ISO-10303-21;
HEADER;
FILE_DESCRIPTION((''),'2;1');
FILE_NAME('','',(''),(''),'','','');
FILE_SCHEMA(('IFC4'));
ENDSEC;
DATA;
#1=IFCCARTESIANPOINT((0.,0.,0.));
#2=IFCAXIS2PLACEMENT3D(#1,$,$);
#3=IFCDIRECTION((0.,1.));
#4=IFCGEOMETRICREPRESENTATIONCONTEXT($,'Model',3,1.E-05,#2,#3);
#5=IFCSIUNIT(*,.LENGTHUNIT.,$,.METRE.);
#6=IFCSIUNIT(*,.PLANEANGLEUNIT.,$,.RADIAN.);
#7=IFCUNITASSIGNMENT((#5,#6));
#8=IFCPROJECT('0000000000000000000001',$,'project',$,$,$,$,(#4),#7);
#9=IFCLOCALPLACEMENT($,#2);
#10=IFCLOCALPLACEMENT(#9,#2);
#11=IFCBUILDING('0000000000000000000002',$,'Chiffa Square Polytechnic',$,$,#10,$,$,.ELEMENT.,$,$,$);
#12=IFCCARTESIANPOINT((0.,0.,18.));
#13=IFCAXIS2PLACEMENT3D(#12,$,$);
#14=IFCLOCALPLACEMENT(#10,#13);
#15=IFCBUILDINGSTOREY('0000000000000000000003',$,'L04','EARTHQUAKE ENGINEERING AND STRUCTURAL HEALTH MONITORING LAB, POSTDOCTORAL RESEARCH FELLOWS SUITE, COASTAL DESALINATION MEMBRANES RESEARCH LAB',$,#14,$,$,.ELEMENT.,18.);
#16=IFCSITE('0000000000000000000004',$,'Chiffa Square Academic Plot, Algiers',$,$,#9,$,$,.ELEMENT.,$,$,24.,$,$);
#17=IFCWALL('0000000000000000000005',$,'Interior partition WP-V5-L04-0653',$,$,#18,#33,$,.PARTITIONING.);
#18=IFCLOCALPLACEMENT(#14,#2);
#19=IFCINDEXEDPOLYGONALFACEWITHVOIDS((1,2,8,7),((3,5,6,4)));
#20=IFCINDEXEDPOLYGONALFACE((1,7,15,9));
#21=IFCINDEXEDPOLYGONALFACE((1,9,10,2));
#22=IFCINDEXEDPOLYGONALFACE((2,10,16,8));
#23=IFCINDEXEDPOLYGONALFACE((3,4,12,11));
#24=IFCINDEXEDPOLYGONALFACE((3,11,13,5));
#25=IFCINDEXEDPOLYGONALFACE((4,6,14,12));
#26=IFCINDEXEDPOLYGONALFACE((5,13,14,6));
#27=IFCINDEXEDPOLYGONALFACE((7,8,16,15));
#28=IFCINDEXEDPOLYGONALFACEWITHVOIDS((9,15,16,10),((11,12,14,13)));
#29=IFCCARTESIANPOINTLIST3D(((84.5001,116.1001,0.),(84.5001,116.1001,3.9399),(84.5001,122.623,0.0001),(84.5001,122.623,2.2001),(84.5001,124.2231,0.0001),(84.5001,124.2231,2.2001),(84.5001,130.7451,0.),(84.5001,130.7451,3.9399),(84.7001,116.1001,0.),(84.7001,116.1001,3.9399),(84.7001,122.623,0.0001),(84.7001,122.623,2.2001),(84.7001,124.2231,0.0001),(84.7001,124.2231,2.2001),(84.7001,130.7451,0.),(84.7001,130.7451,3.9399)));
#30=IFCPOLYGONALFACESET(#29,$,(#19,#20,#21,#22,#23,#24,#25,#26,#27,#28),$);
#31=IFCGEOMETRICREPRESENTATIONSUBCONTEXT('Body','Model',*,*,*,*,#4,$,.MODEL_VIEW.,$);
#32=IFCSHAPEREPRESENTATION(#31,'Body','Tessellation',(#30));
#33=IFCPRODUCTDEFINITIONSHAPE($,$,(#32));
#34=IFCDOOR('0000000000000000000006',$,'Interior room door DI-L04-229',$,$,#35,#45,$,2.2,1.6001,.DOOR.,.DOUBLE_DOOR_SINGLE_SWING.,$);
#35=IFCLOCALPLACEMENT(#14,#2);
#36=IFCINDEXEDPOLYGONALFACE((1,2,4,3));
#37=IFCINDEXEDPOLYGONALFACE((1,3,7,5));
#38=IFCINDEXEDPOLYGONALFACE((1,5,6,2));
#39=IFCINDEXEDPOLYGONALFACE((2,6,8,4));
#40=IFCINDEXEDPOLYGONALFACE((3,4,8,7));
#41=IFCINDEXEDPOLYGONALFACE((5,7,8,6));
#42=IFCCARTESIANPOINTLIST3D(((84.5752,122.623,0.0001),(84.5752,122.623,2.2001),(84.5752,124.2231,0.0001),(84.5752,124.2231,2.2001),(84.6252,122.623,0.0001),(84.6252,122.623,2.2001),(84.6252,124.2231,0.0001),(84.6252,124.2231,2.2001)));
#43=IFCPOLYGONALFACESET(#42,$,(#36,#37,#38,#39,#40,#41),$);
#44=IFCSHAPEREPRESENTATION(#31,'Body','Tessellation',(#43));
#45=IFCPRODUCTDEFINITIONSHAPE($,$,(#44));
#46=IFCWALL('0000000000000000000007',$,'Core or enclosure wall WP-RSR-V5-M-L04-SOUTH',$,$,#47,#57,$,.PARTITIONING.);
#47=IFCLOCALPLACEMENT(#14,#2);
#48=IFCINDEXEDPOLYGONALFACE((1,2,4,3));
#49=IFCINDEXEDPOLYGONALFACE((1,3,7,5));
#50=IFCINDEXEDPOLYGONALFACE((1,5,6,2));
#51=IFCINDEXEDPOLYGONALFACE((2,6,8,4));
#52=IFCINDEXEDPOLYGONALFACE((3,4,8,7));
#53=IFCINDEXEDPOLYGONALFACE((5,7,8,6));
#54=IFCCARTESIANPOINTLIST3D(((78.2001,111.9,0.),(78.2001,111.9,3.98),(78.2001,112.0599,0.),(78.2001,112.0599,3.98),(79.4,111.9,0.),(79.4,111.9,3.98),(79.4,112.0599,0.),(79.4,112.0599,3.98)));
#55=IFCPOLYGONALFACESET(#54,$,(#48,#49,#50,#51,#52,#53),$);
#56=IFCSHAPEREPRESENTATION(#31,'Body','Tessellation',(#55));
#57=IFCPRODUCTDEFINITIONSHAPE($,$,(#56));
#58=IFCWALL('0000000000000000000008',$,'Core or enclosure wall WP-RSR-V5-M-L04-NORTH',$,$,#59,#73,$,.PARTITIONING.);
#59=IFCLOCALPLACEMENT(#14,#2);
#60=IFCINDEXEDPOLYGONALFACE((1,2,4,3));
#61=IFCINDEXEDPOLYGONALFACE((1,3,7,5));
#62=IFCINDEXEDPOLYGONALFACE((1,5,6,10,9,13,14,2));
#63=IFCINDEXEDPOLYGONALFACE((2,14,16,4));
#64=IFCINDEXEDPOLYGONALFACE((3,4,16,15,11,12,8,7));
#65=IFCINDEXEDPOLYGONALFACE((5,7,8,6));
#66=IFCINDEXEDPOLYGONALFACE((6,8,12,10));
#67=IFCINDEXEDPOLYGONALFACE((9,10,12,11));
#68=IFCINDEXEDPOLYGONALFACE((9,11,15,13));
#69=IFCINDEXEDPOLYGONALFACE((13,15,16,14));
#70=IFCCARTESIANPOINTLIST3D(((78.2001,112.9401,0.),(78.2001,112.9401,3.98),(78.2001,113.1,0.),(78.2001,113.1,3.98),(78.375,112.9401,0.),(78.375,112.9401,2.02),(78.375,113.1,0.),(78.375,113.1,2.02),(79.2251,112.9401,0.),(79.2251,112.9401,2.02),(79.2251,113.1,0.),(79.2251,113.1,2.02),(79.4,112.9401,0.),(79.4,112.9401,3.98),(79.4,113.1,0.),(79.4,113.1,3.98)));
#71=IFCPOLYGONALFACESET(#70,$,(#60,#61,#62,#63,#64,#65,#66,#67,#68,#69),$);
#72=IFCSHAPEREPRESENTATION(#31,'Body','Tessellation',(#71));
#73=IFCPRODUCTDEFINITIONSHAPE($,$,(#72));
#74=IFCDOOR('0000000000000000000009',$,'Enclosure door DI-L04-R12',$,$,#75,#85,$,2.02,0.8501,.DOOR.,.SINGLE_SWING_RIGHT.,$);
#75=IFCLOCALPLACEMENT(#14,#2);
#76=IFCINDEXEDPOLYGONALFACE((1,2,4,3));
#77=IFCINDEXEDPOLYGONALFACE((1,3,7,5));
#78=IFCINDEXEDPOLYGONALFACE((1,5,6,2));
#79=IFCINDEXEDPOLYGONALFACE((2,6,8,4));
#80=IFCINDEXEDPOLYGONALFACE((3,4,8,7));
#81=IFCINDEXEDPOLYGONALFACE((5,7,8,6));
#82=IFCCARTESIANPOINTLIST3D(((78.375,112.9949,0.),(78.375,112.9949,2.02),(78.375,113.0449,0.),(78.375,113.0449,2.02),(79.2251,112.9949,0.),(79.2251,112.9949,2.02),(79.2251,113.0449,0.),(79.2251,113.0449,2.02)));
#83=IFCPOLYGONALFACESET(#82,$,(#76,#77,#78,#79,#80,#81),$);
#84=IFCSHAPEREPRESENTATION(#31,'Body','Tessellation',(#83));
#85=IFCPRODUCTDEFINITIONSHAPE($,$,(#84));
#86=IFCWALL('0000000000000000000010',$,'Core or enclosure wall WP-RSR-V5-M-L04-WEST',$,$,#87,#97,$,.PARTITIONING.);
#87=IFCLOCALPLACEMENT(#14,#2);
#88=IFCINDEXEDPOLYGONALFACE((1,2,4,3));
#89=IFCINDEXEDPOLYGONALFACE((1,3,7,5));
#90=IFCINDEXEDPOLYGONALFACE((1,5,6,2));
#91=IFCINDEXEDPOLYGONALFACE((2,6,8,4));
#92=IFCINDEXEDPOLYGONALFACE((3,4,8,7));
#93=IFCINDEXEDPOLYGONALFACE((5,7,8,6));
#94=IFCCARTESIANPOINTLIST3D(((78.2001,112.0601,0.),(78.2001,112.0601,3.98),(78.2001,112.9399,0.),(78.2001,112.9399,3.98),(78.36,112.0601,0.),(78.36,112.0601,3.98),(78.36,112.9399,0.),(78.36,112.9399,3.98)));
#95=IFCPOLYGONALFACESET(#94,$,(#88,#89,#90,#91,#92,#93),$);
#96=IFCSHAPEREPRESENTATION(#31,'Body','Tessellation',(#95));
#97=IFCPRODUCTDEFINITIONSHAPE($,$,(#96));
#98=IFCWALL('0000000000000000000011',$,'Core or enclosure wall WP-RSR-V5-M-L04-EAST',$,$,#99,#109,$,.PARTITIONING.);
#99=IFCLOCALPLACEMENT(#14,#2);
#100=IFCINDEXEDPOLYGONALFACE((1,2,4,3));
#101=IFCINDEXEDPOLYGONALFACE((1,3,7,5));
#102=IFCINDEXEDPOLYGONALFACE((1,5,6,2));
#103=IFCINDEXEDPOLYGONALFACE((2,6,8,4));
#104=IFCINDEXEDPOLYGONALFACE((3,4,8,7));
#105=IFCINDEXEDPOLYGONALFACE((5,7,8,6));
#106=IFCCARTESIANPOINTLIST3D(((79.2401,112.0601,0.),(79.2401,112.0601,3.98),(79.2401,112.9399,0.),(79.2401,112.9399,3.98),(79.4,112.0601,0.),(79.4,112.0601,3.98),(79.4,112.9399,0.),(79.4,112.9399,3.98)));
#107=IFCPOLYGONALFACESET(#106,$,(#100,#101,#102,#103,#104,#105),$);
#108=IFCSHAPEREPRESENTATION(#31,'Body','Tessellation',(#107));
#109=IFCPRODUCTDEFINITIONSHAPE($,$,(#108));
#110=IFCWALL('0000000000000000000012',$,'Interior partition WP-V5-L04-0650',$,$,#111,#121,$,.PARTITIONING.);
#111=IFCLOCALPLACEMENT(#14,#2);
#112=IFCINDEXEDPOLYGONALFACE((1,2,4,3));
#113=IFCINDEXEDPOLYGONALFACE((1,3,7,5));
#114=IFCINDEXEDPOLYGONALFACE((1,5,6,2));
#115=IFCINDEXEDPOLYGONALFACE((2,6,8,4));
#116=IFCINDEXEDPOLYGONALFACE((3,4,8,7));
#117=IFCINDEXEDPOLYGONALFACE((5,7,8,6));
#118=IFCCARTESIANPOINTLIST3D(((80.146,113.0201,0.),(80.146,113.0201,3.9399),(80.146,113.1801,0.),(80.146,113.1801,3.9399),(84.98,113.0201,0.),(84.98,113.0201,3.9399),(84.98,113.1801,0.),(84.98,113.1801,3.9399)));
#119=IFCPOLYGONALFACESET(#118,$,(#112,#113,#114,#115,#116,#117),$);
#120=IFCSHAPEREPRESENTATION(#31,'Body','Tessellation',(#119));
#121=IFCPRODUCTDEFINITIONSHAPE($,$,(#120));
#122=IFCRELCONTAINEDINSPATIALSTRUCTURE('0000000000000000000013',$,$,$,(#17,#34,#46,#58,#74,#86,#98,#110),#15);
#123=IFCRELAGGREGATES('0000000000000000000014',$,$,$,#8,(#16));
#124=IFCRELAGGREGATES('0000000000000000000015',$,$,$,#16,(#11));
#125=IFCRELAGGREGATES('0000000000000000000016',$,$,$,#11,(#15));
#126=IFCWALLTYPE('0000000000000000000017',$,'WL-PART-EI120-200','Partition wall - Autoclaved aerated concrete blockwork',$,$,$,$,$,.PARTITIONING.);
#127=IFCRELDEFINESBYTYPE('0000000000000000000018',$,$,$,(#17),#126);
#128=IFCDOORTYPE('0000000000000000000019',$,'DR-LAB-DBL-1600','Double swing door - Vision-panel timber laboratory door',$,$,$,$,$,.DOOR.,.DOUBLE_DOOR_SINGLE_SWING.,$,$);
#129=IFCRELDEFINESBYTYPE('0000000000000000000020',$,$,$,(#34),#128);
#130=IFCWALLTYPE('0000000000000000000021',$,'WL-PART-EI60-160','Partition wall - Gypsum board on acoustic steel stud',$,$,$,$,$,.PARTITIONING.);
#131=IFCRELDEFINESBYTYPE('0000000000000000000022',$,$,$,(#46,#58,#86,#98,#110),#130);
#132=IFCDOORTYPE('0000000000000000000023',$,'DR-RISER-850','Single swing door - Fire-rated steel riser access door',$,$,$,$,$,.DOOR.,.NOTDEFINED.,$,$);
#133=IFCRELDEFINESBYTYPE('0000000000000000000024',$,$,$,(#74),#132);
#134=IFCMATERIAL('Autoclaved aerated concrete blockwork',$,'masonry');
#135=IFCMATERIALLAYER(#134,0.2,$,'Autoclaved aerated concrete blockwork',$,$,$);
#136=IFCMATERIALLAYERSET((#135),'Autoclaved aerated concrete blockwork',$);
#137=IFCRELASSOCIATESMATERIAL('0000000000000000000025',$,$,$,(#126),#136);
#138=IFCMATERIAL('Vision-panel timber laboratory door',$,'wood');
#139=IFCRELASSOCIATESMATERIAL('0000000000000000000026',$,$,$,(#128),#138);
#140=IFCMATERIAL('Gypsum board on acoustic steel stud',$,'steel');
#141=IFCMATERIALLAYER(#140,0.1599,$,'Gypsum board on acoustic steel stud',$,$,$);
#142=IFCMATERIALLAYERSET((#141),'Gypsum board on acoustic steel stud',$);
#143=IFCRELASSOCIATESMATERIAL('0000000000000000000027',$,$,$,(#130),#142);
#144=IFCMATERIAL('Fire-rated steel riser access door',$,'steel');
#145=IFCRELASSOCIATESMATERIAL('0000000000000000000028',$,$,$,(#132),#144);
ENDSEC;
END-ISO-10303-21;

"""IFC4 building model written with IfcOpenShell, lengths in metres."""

from ifc_helpers import new_model, si_unit, direction, frame, frame_2d, origin, place, context, subcontext, project, spatial, rectangle, extrude, material, layer, layer_set, type_object, element, fill, save


model = new_model("IFC4")

# Units and contexts
model_context = context("Model", 3, precision=1e-05, world=origin(), true_north=direction((0.0, 1.0)))
body_context = subcontext(model_context, "Body", "Model", "MODEL_VIEW")
ifc_project = project(units=[si_unit("LENGTHUNIT", "METRE"), si_unit("PLANEANGLEUNIT", "RADIAN")], contexts=[model_context])

# Site, building, storey
site_placement = place(None, origin())
site = spatial("IfcSite", under=ifc_project, at=site_placement, Name="Chiffa Square Academic Plot, Algiers", CompositionType="ELEMENT", RefElevation=24.0)
building_placement = place(site_placement, origin())
building = spatial("IfcBuilding", under=site, at=building_placement, Name="Chiffa Square Polytechnic", CompositionType="ELEMENT")
storey_placement = place(building_placement, frame((0.0, 0.0, 18.0)))
storey = spatial("IfcBuildingStorey", under=building, at=storey_placement, Name="L04", Description="EARTHQUAKE ENGINEERING AND STRUCTURAL HEALTH MONITORING LAB, POSTDOCTORAL RESEARCH FELLOWS SUITE, COASTAL DESALINATION MEMBRANES RESEARCH LAB", CompositionType="ELEMENT", Elevation=18.0)

# Wall, opening, door
ifc_material_1 = material(Name="Autoclaved aerated concrete blockwork", Category="masonry")
ifc_layer_1 = layer(ifc_material_1, 0.2, Name="Autoclaved aerated concrete blockwork")
ifc_layer_set_1 = layer_set([ifc_layer_1], Name="Autoclaved aerated concrete blockwork")
wall_type_1 = type_object("IfcWallType", Name="WL-PART-EI120-200", Description="Partition wall - Autoclaved aerated concrete blockwork", PredefinedType="PARTITIONING", material=ifc_layer_set_1)
wall_1_placement = place(storey_placement, frame((84.6001, 116.1001, 0.0), z_axis=(0.0, 0.0, 1.0), x_axis=(0.0, 1.0, 0.0)))
wall_1 = element("IfcWall", 1, at=wall_1_placement, inside=storey, type_object=wall_type_1, Name="Interior partition WP-V5-L04-0653", PredefinedType="PARTITIONING", context=body_context, shape_type="SweptSolid", body=[
    extrude(rectangle(XDim=14.645, YDim=0.2, at=frame_2d((7.3225, 0.0))), origin(), (0.0, 0.0, 1.0), 3.9399),
])
opening_1_placement = place(wall_1_placement, frame((6.5229, 0.0, 0.0)))
opening_1 = element("IfcOpeningElement", 2, at=opening_1_placement, cuts=wall_1, PredefinedType="OPENING", context=body_context, shape_type="SweptSolid", body=[
    extrude(rectangle(XDim=1.6001, YDim=2.2, at=frame_2d((0.8, 1.1001))), frame((0.0, 0.1099, 0.0), z_axis=(0.0, -1.0, 0.0), x_axis=(1.0, 0.0, 0.0)), (0.0, 0.0, 1.0), 0.22),
])
ifc_material_2 = material(Name="Vision-panel timber laboratory door", Category="wood")
door_type_1 = type_object("IfcDoorType", Name="DR-LAB-DBL-1600", Description="Double swing door - Vision-panel timber laboratory door", OperationType="DOUBLE_DOOR_SINGLE_SWING", PredefinedType="DOOR", material=ifc_material_2)
door_1_placement = place(opening_1_placement, origin())
door_1 = element("IfcDoor", 3, at=door_1_placement, inside=storey, type_object=door_type_1, Name="Interior room door DI-L04-229", OperationType="DOUBLE_DOOR_SINGLE_SWING", OverallHeight=2.2, OverallWidth=1.6001, PredefinedType="DOOR", context=body_context, shape_type="SweptSolid", body=[
    extrude(rectangle(XDim=1.6001, YDim=2.2, at=frame_2d((0.8, 1.1001))), frame((0.0, 0.0249, 0.0), z_axis=(0.0, -1.0, 0.0), x_axis=(1.0, 0.0, 0.0)), (0.0, 0.0, 1.0), 0.05),
])
fill(opening_1, door_1)

# Wall
ifc_material_3 = material(Name="Gypsum board on acoustic steel stud", Category="steel")
ifc_layer_2 = layer(ifc_material_3, 0.1599, Name="Gypsum board on acoustic steel stud")
ifc_layer_set_2 = layer_set([ifc_layer_2], Name="Gypsum board on acoustic steel stud")
wall_type_2 = type_object("IfcWallType", Name="WL-PART-EI60-160", Description="Partition wall - Gypsum board on acoustic steel stud", PredefinedType="PARTITIONING", material=ifc_layer_set_2)
wall_2_placement = place(storey_placement, frame((78.2, 111.98, 0.0), z_axis=(0.0, 0.0, 1.0), x_axis=(1.0, 0.0, 0.0)))
element("IfcWall", 4, at=wall_2_placement, inside=storey, type_object=wall_type_2, Name="Core or enclosure wall WP-RSR-V5-M-L04-SOUTH", PredefinedType="PARTITIONING", context=body_context, shape_type="SweptSolid", body=[
    extrude(rectangle(XDim=1.2, YDim=0.1599, at=frame_2d((0.6001, 0.0))), origin(), (0.0, 0.0, 1.0), 3.98),
])

# Wall, opening, door
wall_3_placement = place(storey_placement, frame((78.2, 113.02, 0.0), z_axis=(0.0, 0.0, 1.0), x_axis=(1.0, 0.0, 0.0)))
wall_3 = element("IfcWall", 5, at=wall_3_placement, inside=storey, type_object=wall_type_2, Name="Core or enclosure wall WP-RSR-V5-M-L04-NORTH", PredefinedType="PARTITIONING", context=body_context, shape_type="SweptSolid", body=[
    extrude(rectangle(XDim=1.2, YDim=0.1599, at=frame_2d((0.6001, 0.0))), origin(), (0.0, 0.0, 1.0), 3.98),
])
opening_2_placement = place(wall_3_placement, frame((0.175, 0.0, 0.0)))
opening_2 = element("IfcOpeningElement", 6, at=opening_2_placement, cuts=wall_3, PredefinedType="OPENING", context=body_context, shape_type="SweptSolid", body=[
    extrude(rectangle(XDim=0.8501, YDim=2.02, at=frame_2d((0.425, 1.01))), frame((0.0, 0.0898, 0.0), z_axis=(0.0, -1.0, 0.0), x_axis=(1.0, 0.0, 0.0)), (0.0, 0.0, 1.0), 0.1799),
])
ifc_material_4 = material(Name="Fire-rated steel riser access door", Category="steel")
door_type_2 = type_object("IfcDoorType", Name="DR-RISER-850", Description="Single swing door - Fire-rated steel riser access door", OperationType="NOTDEFINED", PredefinedType="DOOR", material=ifc_material_4)
door_2_placement = place(opening_2_placement, origin())
door_2 = element("IfcDoor", 7, at=door_2_placement, inside=storey, type_object=door_type_2, Name="Enclosure door DI-L04-R12", OperationType="SINGLE_SWING_RIGHT", OverallHeight=2.02, OverallWidth=0.8501, PredefinedType="DOOR", context=body_context, shape_type="SweptSolid", body=[
    extrude(rectangle(XDim=0.8501, YDim=2.02, at=frame_2d((0.425, 1.01))), frame((0.0, 0.0249, 0.0), z_axis=(0.0, -1.0, 0.0), x_axis=(1.0, 0.0, 0.0)), (0.0, 0.0, 1.0), 0.05),
])
fill(opening_2, door_2)

# Walls
for number, where, z_axis, x_axis, name in (
    (8, (78.28, 112.0601, 0.0), (0.0, 0.0, 1.0), (0.0, 1.0, 0.0), "Core or enclosure wall WP-RSR-V5-M-L04-WEST"),
    (9, (79.3201, 112.0601, 0.0), (0.0, 0.0, 1.0), (0.0, 1.0, 0.0), "Core or enclosure wall WP-RSR-V5-M-L04-EAST"),
):
    element("IfcWall", number, at=place(storey_placement, frame(where, z_axis=z_axis, x_axis=x_axis)), inside=storey, type_object=wall_type_2, Name=name, PredefinedType="PARTITIONING", context=body_context, shape_type="SweptSolid", body=[
        extrude(rectangle(XDim=0.8799, YDim=0.1599, at=frame_2d((0.4399, 0.0))), origin(), (0.0, 0.0, 1.0), 3.98),
    ])
wall_4_placement = place(storey_placement, frame((80.146, 113.1001, 0.0), z_axis=(0.0, 0.0, 1.0), x_axis=(1.0, 0.0, 0.0)))
element("IfcWall", 10, at=wall_4_placement, inside=storey, type_object=wall_type_2, Name="Interior partition WP-V5-L04-0650", PredefinedType="PARTITIONING", context=body_context, shape_type="SweptSolid", body=[
    extrude(rectangle(XDim=4.834, YDim=0.1599, at=frame_2d((2.417, 0.0))), origin(), (0.0, 0.0, 1.0), 3.9399),
])

save(model, "model.ifc")
